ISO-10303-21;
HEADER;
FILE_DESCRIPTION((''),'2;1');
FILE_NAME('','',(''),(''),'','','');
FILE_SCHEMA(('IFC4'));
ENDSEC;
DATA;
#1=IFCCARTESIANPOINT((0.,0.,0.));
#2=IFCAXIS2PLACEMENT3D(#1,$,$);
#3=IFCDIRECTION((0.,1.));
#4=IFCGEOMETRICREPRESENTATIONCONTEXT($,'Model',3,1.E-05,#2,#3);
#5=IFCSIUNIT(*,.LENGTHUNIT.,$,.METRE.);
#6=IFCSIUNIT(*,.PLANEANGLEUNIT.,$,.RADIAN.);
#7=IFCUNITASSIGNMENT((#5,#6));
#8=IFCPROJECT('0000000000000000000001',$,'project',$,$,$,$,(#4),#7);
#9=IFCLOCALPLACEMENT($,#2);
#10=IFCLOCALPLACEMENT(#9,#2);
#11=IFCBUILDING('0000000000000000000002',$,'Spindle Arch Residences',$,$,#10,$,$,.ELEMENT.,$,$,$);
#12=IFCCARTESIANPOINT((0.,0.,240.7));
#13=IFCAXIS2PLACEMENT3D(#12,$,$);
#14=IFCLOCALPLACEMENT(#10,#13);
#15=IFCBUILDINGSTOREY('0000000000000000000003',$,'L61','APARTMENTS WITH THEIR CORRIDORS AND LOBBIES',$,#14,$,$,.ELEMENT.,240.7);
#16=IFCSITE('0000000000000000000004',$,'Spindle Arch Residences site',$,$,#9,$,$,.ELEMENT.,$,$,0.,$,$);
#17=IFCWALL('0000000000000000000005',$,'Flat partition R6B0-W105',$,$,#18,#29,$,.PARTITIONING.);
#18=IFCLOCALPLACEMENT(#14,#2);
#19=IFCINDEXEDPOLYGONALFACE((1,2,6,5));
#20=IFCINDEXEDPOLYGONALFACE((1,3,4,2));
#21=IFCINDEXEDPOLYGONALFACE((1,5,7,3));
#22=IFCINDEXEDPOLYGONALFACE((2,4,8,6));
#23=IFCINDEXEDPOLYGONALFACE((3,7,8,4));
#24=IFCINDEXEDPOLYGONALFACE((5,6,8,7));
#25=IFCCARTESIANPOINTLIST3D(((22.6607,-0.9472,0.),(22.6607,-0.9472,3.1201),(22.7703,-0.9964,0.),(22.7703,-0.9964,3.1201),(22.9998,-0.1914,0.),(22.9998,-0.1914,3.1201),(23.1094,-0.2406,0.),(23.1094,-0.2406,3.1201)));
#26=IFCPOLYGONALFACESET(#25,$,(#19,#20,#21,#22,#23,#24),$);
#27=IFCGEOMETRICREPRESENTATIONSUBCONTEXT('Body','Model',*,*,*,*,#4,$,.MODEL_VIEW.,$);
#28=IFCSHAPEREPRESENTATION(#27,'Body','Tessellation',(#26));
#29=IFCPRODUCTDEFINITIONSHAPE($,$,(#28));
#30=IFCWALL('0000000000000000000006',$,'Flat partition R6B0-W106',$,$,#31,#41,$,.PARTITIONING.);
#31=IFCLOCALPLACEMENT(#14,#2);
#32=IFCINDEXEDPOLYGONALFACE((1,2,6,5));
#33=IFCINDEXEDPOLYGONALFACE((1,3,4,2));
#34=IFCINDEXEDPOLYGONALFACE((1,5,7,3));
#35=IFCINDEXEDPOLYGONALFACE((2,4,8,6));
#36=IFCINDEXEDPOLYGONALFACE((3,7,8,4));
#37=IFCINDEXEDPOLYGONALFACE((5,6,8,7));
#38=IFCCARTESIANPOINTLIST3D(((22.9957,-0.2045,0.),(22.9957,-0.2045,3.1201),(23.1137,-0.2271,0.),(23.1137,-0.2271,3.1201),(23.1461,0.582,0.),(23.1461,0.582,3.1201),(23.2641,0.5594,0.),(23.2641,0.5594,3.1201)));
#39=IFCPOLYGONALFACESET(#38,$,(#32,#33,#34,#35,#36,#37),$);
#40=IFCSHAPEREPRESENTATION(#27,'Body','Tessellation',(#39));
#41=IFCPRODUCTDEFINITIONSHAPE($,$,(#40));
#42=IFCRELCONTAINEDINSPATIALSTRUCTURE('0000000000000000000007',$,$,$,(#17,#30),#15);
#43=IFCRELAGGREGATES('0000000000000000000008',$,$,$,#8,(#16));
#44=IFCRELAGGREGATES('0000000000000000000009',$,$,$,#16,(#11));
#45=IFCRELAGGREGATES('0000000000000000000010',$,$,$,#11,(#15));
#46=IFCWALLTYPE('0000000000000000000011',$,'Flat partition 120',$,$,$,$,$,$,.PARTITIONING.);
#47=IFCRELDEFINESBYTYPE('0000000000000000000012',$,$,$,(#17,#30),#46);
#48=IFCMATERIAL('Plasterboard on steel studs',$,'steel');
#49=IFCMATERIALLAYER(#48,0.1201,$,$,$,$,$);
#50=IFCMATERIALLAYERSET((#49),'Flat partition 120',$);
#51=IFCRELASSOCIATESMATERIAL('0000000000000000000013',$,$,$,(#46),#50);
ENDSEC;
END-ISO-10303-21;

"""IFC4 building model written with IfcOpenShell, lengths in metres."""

from ifc_helpers import new_model, si_unit, direction, frame, frame_2d, origin, place, context, subcontext, project, spatial, rectangle, extrude, material, layer, layer_set, type_object, element, save


model = new_model("IFC4")

# Units and contexts
model_context = context("Model", 3, precision=1e-05, world=origin(), true_north=direction((0.0, 1.0)))
body_context = subcontext(model_context, "Body", "Model", "MODEL_VIEW")
ifc_project = project(units=[si_unit("LENGTHUNIT", "METRE"), si_unit("PLANEANGLEUNIT", "RADIAN")], contexts=[model_context])

# Site, building, storey
site_placement = place(None, origin())
site = spatial("IfcSite", under=ifc_project, at=site_placement, Name="Spindle Arch Residences site", CompositionType="ELEMENT", RefElevation=0.0)
building_placement = place(site_placement, origin())
building = spatial("IfcBuilding", under=site, at=building_placement, Name="Spindle Arch Residences", CompositionType="ELEMENT")
storey_placement = place(building_placement, frame((0.0, 0.0, 240.7)))
storey = spatial("IfcBuildingStorey", under=building, at=storey_placement, Name="L61", Description="APARTMENTS WITH THEIR CORRIDORS AND LOBBIES", CompositionType="ELEMENT", Elevation=240.7)

# Shared definitions
ifc_material_1 = material(Name="Plasterboard on steel studs", Category="steel")
ifc_layer_1 = layer(ifc_material_1, 0.1201)
ifc_layer_set_1 = layer_set([ifc_layer_1], Name="Flat partition 120")
wall_type = type_object("IfcWallType", Name="Flat partition 120", PredefinedType="PARTITIONING", material=ifc_layer_set_1)

# Walls
wall_1_placement = place(storey_placement, frame((22.7156, -0.9717, 0.0), z_axis=(0.0, 0.0, 1.0), x_axis=(0.409335, 0.912384, 0.0)))
element("IfcWall", 1, at=wall_1_placement, inside=storey, type_object=wall_type, Name="Flat partition R6B0-W105", PredefinedType="PARTITIONING", context=body_context, shape_type="SweptSolid", body=[
    extrude(rectangle(XDim=0.8284, YDim=0.1201, at=frame_2d((0.4141, 0.0))), origin(), (0.0, 0.0, 1.0), 3.1201),
])
wall_2_placement = place(storey_placement, frame((23.0547, -0.2158, 0.0), z_axis=(0.0, 0.0, 1.0), x_axis=(0.187784, 0.98221, 0.0)))
element("IfcWall", 2, at=wall_2_placement, inside=storey, type_object=wall_type, Name="Flat partition R6B0-W106", PredefinedType="PARTITIONING", context=body_context, shape_type="SweptSolid", body=[
    extrude(rectangle(XDim=0.8008, YDim=0.1201, at=frame_2d((0.4004, 0.0))), origin(), (0.0, 0.0, 1.0), 3.1201),
])

save(model, "model.ifc")
